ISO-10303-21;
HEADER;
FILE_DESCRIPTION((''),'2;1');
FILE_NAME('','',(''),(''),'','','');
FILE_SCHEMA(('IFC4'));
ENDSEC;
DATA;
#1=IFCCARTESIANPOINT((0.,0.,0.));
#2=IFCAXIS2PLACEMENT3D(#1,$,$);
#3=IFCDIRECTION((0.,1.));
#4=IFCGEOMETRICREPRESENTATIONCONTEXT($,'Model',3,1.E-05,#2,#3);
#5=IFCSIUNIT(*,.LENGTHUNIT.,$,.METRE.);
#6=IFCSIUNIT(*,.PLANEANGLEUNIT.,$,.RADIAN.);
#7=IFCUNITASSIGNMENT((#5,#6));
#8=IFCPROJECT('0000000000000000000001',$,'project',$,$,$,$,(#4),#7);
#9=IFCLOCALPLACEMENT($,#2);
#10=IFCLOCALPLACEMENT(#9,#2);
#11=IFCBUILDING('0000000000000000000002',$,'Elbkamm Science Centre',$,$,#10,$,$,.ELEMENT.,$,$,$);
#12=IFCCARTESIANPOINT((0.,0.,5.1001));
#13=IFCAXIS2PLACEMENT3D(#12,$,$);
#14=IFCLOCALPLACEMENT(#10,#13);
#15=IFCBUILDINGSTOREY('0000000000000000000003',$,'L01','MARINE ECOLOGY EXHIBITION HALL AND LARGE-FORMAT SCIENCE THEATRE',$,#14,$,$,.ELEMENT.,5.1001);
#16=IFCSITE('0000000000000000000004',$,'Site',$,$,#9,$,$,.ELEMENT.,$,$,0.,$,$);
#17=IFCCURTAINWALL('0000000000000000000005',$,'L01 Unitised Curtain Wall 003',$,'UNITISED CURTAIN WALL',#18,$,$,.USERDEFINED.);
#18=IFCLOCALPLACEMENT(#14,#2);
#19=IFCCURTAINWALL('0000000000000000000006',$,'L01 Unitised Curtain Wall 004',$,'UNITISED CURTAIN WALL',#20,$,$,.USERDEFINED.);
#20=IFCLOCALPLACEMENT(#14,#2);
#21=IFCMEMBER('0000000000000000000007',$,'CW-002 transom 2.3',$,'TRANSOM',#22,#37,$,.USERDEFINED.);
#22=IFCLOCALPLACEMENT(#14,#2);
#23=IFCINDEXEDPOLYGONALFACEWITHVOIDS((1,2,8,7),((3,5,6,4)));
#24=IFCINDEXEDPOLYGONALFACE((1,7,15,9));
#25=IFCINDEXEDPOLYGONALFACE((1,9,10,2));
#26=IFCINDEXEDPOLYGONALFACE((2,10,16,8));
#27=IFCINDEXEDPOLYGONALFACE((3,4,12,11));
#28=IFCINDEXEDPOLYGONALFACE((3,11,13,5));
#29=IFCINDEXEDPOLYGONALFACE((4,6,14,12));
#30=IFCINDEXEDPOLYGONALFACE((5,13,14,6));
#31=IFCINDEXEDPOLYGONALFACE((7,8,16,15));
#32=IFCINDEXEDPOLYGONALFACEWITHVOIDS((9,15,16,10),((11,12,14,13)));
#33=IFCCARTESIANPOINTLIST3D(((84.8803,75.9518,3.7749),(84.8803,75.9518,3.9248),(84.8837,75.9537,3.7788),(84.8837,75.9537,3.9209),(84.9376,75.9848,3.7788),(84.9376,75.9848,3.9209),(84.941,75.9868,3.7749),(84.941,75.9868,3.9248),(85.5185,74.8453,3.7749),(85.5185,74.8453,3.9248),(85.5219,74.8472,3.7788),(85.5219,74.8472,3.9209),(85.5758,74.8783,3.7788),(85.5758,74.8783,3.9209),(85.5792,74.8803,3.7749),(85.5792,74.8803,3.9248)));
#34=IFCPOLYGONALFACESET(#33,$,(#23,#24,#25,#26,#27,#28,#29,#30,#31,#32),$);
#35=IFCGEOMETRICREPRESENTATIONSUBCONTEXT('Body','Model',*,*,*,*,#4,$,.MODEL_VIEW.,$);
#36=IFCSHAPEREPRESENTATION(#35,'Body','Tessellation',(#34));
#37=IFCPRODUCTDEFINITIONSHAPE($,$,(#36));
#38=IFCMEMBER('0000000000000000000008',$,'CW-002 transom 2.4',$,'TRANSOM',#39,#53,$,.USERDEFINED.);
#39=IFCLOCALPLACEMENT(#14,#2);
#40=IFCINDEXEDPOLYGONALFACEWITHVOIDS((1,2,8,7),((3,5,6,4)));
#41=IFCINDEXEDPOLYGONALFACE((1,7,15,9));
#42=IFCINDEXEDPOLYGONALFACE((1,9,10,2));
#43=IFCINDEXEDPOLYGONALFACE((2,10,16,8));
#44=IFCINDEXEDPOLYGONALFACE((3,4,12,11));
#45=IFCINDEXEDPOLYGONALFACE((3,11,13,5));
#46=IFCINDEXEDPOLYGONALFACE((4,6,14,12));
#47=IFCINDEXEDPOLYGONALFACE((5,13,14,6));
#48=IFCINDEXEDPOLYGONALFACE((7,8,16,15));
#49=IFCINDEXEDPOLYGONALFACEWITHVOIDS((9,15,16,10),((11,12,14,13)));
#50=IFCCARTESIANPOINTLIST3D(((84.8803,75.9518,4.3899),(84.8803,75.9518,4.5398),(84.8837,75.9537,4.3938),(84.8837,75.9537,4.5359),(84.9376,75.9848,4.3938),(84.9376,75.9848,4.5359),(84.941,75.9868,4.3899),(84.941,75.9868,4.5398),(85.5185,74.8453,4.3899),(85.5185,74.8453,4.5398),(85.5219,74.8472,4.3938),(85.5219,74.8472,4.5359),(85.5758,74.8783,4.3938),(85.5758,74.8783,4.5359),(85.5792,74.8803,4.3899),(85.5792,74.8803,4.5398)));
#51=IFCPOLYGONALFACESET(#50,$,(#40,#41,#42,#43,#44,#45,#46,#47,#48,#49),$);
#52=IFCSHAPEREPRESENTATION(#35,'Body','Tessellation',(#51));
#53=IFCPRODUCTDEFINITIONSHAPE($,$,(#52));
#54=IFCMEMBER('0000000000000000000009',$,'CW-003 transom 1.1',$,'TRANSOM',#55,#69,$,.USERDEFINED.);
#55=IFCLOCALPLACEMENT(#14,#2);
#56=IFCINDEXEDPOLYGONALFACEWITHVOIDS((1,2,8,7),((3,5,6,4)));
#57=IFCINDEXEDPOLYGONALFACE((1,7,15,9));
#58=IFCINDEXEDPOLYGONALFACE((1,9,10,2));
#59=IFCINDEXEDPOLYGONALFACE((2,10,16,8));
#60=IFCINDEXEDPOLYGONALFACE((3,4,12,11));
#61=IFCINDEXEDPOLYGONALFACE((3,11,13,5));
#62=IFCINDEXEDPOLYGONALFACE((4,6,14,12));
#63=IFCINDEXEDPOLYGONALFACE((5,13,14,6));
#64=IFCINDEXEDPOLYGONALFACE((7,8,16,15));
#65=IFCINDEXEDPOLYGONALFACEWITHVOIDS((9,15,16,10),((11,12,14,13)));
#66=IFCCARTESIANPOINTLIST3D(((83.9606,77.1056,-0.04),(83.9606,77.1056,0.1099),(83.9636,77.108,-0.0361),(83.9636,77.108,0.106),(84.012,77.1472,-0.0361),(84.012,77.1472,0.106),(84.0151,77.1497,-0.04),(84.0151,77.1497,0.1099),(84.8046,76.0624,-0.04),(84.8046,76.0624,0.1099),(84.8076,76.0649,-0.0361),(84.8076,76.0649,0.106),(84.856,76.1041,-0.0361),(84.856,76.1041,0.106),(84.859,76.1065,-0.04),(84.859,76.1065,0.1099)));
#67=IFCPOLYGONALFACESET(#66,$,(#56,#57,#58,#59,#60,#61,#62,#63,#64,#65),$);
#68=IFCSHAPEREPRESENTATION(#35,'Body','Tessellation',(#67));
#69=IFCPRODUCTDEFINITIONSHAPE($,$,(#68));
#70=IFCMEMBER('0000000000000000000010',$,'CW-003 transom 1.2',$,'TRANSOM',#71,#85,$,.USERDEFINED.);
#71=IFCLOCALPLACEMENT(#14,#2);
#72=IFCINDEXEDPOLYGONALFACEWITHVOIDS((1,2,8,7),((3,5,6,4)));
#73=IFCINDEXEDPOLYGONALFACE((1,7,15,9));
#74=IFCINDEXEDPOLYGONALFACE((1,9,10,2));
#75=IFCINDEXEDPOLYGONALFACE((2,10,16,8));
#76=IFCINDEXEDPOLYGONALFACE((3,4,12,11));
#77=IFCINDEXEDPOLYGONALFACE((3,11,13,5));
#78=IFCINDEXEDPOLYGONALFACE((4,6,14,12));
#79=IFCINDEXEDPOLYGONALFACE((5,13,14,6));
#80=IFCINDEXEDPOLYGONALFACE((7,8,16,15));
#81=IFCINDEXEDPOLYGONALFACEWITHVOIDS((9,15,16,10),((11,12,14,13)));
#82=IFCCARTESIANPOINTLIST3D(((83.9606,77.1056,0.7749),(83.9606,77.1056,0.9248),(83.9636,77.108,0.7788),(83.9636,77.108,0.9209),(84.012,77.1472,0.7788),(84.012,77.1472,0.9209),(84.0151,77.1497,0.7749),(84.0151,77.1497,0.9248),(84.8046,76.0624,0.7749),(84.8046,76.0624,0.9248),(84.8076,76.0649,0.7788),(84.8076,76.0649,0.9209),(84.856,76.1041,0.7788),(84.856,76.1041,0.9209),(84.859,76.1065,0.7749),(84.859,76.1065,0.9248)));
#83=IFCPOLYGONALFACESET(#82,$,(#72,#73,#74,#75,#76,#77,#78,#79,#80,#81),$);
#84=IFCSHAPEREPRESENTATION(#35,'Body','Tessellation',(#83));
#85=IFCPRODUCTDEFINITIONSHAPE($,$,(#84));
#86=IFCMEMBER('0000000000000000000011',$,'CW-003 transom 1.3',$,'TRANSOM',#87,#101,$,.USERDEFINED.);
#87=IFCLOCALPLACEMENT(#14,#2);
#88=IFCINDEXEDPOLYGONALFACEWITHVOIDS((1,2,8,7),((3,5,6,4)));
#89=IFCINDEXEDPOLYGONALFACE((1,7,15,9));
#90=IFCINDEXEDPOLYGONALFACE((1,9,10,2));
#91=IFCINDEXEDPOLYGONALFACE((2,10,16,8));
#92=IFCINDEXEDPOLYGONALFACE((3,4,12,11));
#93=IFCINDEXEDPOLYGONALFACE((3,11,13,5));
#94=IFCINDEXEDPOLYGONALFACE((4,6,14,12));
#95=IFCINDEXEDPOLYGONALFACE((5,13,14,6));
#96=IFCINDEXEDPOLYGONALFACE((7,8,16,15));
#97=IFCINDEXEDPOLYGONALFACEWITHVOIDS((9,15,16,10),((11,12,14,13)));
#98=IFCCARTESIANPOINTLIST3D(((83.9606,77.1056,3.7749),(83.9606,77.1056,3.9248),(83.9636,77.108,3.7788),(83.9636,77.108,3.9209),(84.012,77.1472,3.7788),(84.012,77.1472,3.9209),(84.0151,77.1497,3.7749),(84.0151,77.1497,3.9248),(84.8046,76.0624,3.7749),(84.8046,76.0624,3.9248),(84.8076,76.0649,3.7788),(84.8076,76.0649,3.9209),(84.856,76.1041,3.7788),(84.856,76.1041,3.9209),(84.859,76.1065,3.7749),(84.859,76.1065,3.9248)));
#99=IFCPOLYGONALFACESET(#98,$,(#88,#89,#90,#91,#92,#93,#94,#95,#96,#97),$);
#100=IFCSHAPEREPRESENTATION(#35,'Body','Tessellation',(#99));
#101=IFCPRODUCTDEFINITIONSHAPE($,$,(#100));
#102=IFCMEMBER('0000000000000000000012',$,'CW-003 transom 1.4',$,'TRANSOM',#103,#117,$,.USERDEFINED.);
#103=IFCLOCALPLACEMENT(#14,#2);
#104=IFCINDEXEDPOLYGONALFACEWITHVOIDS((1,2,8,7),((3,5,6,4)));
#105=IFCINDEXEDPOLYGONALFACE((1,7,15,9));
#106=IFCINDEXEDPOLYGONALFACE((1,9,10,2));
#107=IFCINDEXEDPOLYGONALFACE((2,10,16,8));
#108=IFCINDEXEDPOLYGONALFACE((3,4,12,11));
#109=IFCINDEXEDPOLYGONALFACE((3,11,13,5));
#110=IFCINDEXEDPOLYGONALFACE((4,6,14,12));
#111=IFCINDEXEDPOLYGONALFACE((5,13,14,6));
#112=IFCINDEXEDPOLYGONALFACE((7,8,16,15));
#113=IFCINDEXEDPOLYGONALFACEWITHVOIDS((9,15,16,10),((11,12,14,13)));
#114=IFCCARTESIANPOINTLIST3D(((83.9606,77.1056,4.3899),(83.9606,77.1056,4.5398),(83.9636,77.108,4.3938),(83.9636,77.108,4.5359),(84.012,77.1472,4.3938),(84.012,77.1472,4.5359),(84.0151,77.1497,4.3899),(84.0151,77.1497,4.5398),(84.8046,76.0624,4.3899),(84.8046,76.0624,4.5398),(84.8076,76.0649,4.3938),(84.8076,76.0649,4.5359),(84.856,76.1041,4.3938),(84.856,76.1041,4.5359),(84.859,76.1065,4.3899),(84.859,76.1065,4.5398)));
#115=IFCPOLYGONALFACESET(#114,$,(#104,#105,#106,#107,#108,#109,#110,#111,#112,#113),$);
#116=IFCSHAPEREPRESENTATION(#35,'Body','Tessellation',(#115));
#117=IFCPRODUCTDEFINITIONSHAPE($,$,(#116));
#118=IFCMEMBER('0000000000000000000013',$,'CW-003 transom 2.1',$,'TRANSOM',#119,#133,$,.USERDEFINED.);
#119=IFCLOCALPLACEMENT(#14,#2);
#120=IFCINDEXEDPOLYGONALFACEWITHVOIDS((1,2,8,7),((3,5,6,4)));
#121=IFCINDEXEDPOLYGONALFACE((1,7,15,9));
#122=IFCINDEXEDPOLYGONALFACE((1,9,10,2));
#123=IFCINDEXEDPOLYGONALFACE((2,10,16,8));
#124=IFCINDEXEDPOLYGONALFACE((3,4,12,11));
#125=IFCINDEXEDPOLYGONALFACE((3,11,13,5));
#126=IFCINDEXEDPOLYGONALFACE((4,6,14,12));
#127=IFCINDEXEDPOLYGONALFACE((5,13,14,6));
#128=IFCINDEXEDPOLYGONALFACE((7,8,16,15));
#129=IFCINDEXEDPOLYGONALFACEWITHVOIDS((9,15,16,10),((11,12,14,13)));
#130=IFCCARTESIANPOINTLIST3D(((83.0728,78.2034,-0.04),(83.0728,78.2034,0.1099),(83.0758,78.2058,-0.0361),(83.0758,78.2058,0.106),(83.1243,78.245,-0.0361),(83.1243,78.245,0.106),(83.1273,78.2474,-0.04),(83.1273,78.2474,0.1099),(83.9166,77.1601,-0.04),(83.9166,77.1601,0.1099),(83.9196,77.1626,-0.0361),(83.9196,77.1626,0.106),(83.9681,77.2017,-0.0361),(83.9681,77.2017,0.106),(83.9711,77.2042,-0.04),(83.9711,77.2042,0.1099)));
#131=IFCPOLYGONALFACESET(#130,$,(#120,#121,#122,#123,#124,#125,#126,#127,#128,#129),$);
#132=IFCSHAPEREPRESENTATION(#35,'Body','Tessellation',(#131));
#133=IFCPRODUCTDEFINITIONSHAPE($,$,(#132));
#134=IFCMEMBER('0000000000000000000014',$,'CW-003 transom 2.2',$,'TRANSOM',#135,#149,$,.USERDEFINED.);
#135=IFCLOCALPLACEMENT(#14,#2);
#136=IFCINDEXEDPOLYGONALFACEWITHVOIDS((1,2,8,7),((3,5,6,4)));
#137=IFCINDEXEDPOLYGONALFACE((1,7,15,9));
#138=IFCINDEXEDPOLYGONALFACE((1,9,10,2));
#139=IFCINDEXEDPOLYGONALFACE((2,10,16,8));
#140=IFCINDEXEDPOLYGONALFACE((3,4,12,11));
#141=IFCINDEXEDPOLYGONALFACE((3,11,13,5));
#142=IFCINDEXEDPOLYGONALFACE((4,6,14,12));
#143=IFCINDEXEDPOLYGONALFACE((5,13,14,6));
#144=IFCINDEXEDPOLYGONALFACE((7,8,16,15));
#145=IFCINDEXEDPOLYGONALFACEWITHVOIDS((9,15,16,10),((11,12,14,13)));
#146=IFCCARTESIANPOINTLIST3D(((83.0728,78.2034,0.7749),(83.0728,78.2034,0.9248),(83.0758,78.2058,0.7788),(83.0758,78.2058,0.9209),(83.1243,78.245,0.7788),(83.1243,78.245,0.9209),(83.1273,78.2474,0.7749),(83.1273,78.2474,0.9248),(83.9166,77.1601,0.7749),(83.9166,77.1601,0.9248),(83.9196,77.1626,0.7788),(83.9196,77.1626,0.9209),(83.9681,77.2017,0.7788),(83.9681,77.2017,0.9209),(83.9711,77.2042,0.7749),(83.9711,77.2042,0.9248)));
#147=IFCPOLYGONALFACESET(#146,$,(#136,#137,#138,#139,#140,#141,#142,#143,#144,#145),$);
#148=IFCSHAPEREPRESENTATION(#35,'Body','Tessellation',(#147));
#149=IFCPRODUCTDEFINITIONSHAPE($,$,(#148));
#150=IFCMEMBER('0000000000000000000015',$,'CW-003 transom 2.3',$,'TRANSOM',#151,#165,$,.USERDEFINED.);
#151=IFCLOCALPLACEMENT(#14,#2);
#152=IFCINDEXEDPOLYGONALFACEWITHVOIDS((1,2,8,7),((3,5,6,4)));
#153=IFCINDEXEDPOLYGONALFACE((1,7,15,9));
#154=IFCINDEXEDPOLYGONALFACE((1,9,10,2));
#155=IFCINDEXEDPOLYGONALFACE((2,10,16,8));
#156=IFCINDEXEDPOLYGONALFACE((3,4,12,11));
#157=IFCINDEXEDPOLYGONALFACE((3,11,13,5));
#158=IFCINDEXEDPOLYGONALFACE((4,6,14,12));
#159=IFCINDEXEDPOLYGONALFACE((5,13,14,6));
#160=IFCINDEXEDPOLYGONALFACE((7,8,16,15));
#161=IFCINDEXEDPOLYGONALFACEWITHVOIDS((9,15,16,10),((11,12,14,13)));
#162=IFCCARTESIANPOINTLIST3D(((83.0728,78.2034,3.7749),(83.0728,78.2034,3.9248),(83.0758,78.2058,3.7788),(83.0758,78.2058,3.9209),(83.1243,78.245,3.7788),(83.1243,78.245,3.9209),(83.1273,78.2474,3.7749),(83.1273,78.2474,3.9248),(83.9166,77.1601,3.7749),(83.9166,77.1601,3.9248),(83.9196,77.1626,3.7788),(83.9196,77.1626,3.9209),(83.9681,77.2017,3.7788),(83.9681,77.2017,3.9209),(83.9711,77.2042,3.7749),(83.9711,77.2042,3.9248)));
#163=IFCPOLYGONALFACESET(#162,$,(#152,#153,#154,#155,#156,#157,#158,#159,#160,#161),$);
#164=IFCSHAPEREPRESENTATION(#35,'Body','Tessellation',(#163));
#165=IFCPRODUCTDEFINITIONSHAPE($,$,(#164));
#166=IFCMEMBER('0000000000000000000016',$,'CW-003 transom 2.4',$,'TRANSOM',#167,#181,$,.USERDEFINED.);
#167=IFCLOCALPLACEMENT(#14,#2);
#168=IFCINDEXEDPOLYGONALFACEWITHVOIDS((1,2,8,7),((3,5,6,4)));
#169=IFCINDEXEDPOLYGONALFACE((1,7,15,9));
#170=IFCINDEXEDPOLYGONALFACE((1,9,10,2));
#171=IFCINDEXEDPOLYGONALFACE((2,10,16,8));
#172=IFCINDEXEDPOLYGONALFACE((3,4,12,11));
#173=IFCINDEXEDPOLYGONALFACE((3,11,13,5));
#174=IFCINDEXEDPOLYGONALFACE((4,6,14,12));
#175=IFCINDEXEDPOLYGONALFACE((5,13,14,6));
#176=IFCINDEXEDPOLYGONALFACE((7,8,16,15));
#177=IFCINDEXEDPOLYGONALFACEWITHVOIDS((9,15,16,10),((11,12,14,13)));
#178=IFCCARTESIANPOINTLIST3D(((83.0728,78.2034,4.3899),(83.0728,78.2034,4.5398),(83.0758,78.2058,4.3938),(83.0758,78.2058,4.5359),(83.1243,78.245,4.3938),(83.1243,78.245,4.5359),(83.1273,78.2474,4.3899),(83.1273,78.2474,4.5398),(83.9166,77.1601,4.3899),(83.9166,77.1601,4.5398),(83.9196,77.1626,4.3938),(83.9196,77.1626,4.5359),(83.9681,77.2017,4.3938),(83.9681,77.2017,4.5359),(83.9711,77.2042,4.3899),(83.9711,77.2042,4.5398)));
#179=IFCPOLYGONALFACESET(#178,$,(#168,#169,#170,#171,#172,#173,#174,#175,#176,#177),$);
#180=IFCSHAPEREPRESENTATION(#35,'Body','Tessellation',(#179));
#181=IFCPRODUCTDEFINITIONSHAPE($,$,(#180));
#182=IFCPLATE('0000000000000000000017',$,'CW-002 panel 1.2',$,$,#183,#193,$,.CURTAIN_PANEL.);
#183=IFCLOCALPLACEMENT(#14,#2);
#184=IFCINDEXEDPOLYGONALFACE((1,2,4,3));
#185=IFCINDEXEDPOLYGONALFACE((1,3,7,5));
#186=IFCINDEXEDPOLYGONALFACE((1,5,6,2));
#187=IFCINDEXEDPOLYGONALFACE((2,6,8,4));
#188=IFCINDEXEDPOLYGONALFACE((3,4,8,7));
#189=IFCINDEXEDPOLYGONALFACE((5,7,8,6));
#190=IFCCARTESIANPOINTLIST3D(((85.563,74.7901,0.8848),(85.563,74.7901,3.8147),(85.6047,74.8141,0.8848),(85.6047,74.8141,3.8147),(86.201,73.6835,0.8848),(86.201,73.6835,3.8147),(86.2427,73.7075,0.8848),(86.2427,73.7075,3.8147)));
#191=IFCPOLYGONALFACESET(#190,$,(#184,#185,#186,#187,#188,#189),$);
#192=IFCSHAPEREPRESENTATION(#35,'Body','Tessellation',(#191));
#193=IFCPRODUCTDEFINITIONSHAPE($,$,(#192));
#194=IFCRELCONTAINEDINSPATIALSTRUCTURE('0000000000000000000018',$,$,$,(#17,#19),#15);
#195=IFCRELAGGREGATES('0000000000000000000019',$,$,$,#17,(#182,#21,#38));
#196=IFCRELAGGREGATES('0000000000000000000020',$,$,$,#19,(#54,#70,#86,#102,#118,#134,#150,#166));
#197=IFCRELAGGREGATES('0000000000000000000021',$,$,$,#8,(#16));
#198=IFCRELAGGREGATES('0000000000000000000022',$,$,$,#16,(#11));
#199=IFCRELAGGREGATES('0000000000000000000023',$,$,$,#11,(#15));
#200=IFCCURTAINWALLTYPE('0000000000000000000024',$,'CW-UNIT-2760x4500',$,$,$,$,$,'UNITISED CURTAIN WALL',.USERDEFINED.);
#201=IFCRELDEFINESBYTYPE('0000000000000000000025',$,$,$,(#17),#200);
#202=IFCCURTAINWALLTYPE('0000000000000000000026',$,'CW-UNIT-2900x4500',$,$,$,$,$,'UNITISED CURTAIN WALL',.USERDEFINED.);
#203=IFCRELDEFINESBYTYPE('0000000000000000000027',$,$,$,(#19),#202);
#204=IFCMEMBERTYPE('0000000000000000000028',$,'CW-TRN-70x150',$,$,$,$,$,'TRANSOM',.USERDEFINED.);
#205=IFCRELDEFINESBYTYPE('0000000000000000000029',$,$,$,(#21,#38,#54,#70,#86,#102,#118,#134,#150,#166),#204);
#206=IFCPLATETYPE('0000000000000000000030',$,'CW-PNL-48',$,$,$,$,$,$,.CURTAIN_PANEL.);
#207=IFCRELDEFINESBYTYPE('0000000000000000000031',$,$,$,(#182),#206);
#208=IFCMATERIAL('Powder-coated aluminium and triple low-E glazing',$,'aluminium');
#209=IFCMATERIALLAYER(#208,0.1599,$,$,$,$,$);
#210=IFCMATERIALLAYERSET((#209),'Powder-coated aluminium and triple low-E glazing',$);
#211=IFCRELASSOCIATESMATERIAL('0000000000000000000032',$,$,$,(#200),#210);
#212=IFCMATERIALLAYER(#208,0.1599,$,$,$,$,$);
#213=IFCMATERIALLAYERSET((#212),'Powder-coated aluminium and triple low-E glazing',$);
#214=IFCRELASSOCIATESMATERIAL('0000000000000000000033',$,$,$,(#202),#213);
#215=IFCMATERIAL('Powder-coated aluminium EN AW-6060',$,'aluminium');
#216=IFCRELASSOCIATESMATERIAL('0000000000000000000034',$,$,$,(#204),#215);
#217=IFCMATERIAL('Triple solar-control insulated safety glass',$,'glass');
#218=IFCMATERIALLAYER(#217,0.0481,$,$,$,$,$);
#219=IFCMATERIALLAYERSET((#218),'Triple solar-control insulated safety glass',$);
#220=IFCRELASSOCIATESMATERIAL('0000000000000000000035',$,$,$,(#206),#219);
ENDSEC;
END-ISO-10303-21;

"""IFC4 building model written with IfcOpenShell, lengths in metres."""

from ifc_helpers import new_model, si_unit, direction, frame, origin, origin_2d, place, context, subcontext, project, spatial, rectangle, hollow_rectangle, extrude, material, layer, layer_set, material_profile, profile_set, type_object, element, aggregate, save


model = new_model("IFC4")

# Units and contexts
model_context = context("Model", 3, precision=1e-05, world=origin(), true_north=direction((0.0, 1.0)))
body_context = subcontext(model_context, "Body", "Model", "MODEL_VIEW")
ifc_project = project(units=[si_unit("LENGTHUNIT", "METRE"), si_unit("PLANEANGLEUNIT", "RADIAN")], contexts=[model_context])

# Site, building, storey
site_placement = place(None, origin())
site = spatial("IfcSite", under=ifc_project, at=site_placement, Name="Site", CompositionType="ELEMENT", RefElevation=0.0)
building_placement = place(site_placement, origin())
building = spatial("IfcBuilding", under=site, at=building_placement, Name="Elbkamm Science Centre", CompositionType="ELEMENT")
storey_placement = place(building_placement, frame((0.0, 0.0, 5.1001)))
storey = spatial("IfcBuildingStorey", under=building, at=storey_placement, Name="L01", Description="MARINE ECOLOGY EXHIBITION HALL AND LARGE-FORMAT SCIENCE THEATRE", CompositionType="ELEMENT", Elevation=5.1001)

# Curtain walls
ifc_material_1 = material(Name="Powder-coated aluminium and triple low-E glazing", Category="aluminium")
ifc_layer_1 = layer(ifc_material_1, 0.1599)
ifc_layer_set_1 = layer_set([ifc_layer_1], Name="Powder-coated aluminium and triple low-E glazing")
curtain_wall_type_1 = type_object("IfcCurtainWallType", Name="CW-UNIT-2760x4500", ElementType="UNITISED CURTAIN WALL", PredefinedType="USERDEFINED", material=ifc_layer_set_1)
curtain_wall_1_placement = place(storey_placement, origin())
curtain_wall_1 = element("IfcCurtainWall", 1, at=curtain_wall_1_placement, inside=storey, type_object=curtain_wall_type_1, Name="L01 Unitised Curtain Wall 003", ObjectType="UNITISED CURTAIN WALL", PredefinedType="USERDEFINED")
ifc_material_2 = material(Name="Powder-coated aluminium EN AW-6060", Category="aluminium")
ifc_layer_2 = layer(ifc_material_1, 0.1599)
ifc_layer_set_2 = layer_set([ifc_layer_2], Name="Powder-coated aluminium and triple low-E glazing")
curtain_wall_type_2 = type_object("IfcCurtainWallType", Name="CW-UNIT-2900x4500", ElementType="UNITISED CURTAIN WALL", PredefinedType="USERDEFINED", material=ifc_layer_set_2)
curtain_wall_2_placement = place(storey_placement, origin())
curtain_wall_2 = element("IfcCurtainWall", 2, at=curtain_wall_2_placement, inside=storey, type_object=curtain_wall_type_2, Name="L01 Unitised Curtain Wall 004", ObjectType="UNITISED CURTAIN WALL", PredefinedType="USERDEFINED")

# Members
ifc_material_profile_1 = material_profile(ifc_material_2, hollow_rectangle(XDim=0.0701, YDim=0.1499, WallThickness=0.0039, at=origin_2d()), Name="ALU T70x150")
ifc_profile_set_1 = profile_set([ifc_material_profile_1], Name="Powder-coated aluminium EN AW-6060")
member_type_1 = type_object("IfcMemberType", Name="CW-TRN-70x150", ElementType="TRANSOM", PredefinedType="USERDEFINED", material=ifc_profile_set_1)
member_1_placement = place(storey_placement, frame((85.5488, 74.8628, 3.8499), z_axis=(-0.499634, 0.866236, 0.0), x_axis=(-0.866236, -0.499634, 0.0)))
member_1 = element("IfcMember", 3, at=member_1_placement, type_object=member_type_1, Name="CW-002 transom 2.3", ObjectType="TRANSOM", PredefinedType="USERDEFINED", context=body_context, shape_type="SweptSolid", body=[
    extrude(hollow_rectangle(XDim=0.0701, YDim=0.1499, WallThickness=0.0039, at=origin_2d()), origin(), (0.0, 0.0, 1.0), 1.2773),
])
member_2_placement = place(storey_placement, frame((85.5488, 74.8628, 4.4648), z_axis=(-0.499634, 0.866236, 0.0), x_axis=(-0.866236, -0.499634, 0.0)))
member_2 = element("IfcMember", 4, at=member_2_placement, type_object=member_type_1, Name="CW-002 transom 2.4", ObjectType="TRANSOM", PredefinedType="USERDEFINED", context=body_context, shape_type="SweptSolid", body=[
    extrude(hollow_rectangle(XDim=0.0701, YDim=0.1499, WallThickness=0.0039, at=origin_2d()), origin(), (0.0, 0.0, 1.0), 1.2773),
])
member_3_placement = place(storey_placement, frame((84.8318, 76.0845, 0.0349), z_axis=(-0.628968, 0.777431, 0.0), x_axis=(-0.777431, -0.628968, 0.0)))
member_3 = element("IfcMember", 5, at=member_3_placement, type_object=member_type_1, Name="CW-003 transom 1.1", ObjectType="TRANSOM", PredefinedType="USERDEFINED", context=body_context, shape_type="SweptSolid", body=[
    extrude(hollow_rectangle(XDim=0.0701, YDim=0.1499, WallThickness=0.0039, at=origin_2d()), origin(), (0.0, 0.0, 1.0), 1.3418),
])
member_4_placement = place(storey_placement, frame((84.8318, 76.0845, 0.8499), z_axis=(-0.628968, 0.777431, 0.0), x_axis=(-0.777431, -0.628968, 0.0)))
member_4 = element("IfcMember", 6, at=member_4_placement, type_object=member_type_1, Name="CW-003 transom 1.2", ObjectType="TRANSOM", PredefinedType="USERDEFINED", context=body_context, shape_type="SweptSolid", body=[
    extrude(hollow_rectangle(XDim=0.0701, YDim=0.1499, WallThickness=0.0039, at=origin_2d()), origin(), (0.0, 0.0, 1.0), 1.3418),
])
member_5_placement = place(storey_placement, frame((84.8318, 76.0845, 3.8499), z_axis=(-0.628968, 0.777431, 0.0), x_axis=(-0.777431, -0.628968, 0.0)))
member_5 = element("IfcMember", 7, at=member_5_placement, type_object=member_type_1, Name="CW-003 transom 1.3", ObjectType="TRANSOM", PredefinedType="USERDEFINED", context=body_context, shape_type="SweptSolid", body=[
    extrude(hollow_rectangle(XDim=0.0701, YDim=0.1499, WallThickness=0.0039, at=origin_2d()), origin(), (0.0, 0.0, 1.0), 1.3418),
])
member_6_placement = place(storey_placement, frame((84.8318, 76.0845, 4.4648), z_axis=(-0.628968, 0.777431, 0.0), x_axis=(-0.777431, -0.628968, 0.0)))
member_6 = element("IfcMember", 8, at=member_6_placement, type_object=member_type_1, Name="CW-003 transom 1.4", ObjectType="TRANSOM", PredefinedType="USERDEFINED", context=body_context, shape_type="SweptSolid", body=[
    extrude(hollow_rectangle(XDim=0.0701, YDim=0.1499, WallThickness=0.0039, at=origin_2d()), origin(), (0.0, 0.0, 1.0), 1.3418),
])
member_7_placement = place(storey_placement, frame((83.9438, 77.1821, 0.0349), z_axis=(-0.628858, 0.77752, 0.0), x_axis=(-0.77752, -0.628858, 0.0)))
member_7 = element("IfcMember", 9, at=member_7_placement, type_object=member_type_1, Name="CW-003 transom 2.1", ObjectType="TRANSOM", PredefinedType="USERDEFINED", context=body_context, shape_type="SweptSolid", body=[
    extrude(hollow_rectangle(XDim=0.0701, YDim=0.1499, WallThickness=0.0039, at=origin_2d()), origin(), (0.0, 0.0, 1.0), 1.3418),
])
member_8_placement = place(storey_placement, frame((83.9438, 77.1821, 0.8499), z_axis=(-0.628858, 0.77752, 0.0), x_axis=(-0.77752, -0.628858, 0.0)))
member_8 = element("IfcMember", 10, at=member_8_placement, type_object=member_type_1, Name="CW-003 transom 2.2", ObjectType="TRANSOM", PredefinedType="USERDEFINED", context=body_context, shape_type="SweptSolid", body=[
    extrude(hollow_rectangle(XDim=0.0701, YDim=0.1499, WallThickness=0.0039, at=origin_2d()), origin(), (0.0, 0.0, 1.0), 1.3418),
])
member_9_placement = place(storey_placement, frame((83.9438, 77.1821, 3.8499), z_axis=(-0.628858, 0.77752, 0.0), x_axis=(-0.77752, -0.628858, 0.0)))
member_9 = element("IfcMember", 11, at=member_9_placement, type_object=member_type_1, Name="CW-003 transom 2.3", ObjectType="TRANSOM", PredefinedType="USERDEFINED", context=body_context, shape_type="SweptSolid", body=[
    extrude(hollow_rectangle(XDim=0.0701, YDim=0.1499, WallThickness=0.0039, at=origin_2d()), origin(), (0.0, 0.0, 1.0), 1.3418),
])
member_10_placement = place(storey_placement, frame((83.9438, 77.1821, 4.4648), z_axis=(-0.628858, 0.77752, 0.0), x_axis=(-0.77752, -0.628858, 0.0)))
member_10 = element("IfcMember", 12, at=member_10_placement, type_object=member_type_1, Name="CW-003 transom 2.4", ObjectType="TRANSOM", PredefinedType="USERDEFINED", context=body_context, shape_type="SweptSolid", body=[
    extrude(hollow_rectangle(XDim=0.0701, YDim=0.1499, WallThickness=0.0039, at=origin_2d()), origin(), (0.0, 0.0, 1.0), 1.3418),
])

# Plate
ifc_material_3 = material(Name="Triple solar-control insulated safety glass", Category="glass")
ifc_layer_3 = layer(ifc_material_3, 0.0481)
ifc_layer_set_3 = layer_set([ifc_layer_3], Name="Triple solar-control insulated safety glass")
plate_type = type_object("IfcPlateType", Name="CW-PNL-48", PredefinedType="CURTAIN_PANEL", material=ifc_layer_set_3)
plate_1_placement = place(storey_placement, frame((85.9028, 74.2488, 0.8848), z_axis=(0.0, 0.0, 1.0), x_axis=(-0.499477, 0.866327, 0.0)))
plate_1 = element("IfcPlate", 13, at=plate_1_placement, type_object=plate_type, Name="CW-002 panel 1.2", PredefinedType="CURTAIN_PANEL", context=body_context, shape_type="SweptSolid", body=[
    extrude(rectangle(XDim=1.2773, YDim=0.0481, at=origin_2d()), origin(), (0.0, 0.0, 1.0), 2.9299),
])
aggregate(curtain_wall_1, [plate_1, member_1, member_2])
aggregate(curtain_wall_2, [member_3, member_4, member_5, member_6, member_7, member_8, member_9, member_10])

save(model, "model.ifc")
